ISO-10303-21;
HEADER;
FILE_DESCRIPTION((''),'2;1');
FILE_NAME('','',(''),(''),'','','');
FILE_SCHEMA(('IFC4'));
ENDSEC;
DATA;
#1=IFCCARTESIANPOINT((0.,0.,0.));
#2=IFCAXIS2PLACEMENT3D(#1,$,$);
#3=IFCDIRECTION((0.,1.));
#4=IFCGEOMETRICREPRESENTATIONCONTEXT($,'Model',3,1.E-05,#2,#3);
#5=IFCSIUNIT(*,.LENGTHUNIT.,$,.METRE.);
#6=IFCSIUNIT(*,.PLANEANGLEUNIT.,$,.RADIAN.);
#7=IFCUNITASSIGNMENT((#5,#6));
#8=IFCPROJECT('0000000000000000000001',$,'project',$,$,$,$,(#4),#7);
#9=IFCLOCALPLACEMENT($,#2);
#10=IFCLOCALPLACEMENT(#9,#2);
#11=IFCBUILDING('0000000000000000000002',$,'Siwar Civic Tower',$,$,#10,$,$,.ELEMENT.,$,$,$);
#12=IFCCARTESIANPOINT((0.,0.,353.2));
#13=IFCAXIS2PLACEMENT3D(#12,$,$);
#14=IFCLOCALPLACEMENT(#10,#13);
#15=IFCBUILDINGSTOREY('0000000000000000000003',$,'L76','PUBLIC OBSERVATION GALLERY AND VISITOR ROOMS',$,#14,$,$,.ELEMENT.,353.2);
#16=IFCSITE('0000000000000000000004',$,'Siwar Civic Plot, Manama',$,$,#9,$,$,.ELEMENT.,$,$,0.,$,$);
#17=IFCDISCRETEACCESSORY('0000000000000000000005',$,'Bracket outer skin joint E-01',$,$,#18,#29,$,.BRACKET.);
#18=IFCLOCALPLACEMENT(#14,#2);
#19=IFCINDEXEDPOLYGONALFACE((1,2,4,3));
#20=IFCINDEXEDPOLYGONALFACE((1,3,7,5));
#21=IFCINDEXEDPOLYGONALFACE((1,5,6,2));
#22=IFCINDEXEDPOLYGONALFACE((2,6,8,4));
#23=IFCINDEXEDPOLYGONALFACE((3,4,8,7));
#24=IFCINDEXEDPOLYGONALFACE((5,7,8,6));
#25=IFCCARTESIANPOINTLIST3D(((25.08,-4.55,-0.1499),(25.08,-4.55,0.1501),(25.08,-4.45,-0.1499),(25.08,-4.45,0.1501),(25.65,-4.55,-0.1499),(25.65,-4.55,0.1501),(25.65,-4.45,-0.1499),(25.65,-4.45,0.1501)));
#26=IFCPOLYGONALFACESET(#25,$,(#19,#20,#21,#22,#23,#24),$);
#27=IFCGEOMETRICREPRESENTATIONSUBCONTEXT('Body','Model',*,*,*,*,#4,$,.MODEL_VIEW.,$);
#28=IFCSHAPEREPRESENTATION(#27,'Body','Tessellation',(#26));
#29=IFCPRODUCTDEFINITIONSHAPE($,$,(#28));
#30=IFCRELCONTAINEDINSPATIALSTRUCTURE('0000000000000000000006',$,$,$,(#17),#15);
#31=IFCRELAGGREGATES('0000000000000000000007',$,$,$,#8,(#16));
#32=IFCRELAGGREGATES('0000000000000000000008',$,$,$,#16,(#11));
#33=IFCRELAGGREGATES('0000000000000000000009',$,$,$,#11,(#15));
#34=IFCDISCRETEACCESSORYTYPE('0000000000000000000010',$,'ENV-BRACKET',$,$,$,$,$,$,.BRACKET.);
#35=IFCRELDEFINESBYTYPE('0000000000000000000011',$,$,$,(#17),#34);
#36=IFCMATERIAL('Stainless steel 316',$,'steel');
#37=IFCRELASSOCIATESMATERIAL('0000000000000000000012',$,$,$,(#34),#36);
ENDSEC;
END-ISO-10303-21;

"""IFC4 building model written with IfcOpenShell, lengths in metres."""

from ifc_helpers import new_model, si_unit, direction, frame, origin, origin_2d, place, context, subcontext, project, spatial, rectangle, extrude, material, type_object, element, save


model = new_model("IFC4")

# Units and contexts
model_context = context("Model", 3, precision=1e-05, world=origin(), true_north=direction((0.0, 1.0)))
body_context = subcontext(model_context, "Body", "Model", "MODEL_VIEW")
ifc_project = project(units=[si_unit("LENGTHUNIT", "METRE"), si_unit("PLANEANGLEUNIT", "RADIAN")], contexts=[model_context])

# Site, building, storey
site_placement = place(None, origin())
site = spatial("IfcSite", under=ifc_project, at=site_placement, Name="Siwar Civic Plot, Manama", CompositionType="ELEMENT", RefElevation=0.0)
building_placement = place(site_placement, origin())
building = spatial("IfcBuilding", under=site, at=building_placement, Name="Siwar Civic Tower", CompositionType="ELEMENT")
storey_placement = place(building_placement, frame((0.0, 0.0, 353.2)))
storey = spatial("IfcBuildingStorey", under=building, at=storey_placement, Name="L76", Description="PUBLIC OBSERVATION GALLERY AND VISITOR ROOMS", CompositionType="ELEMENT", Elevation=353.2)

# Discrete accessory
ifc_material_1 = material(Name="Stainless steel 316", Category="steel")
discrete_accessory_type = type_object("IfcDiscreteAccessoryType", Name="ENV-BRACKET", PredefinedType="BRACKET", material=ifc_material_1)
discrete_accessory_placement = place(storey_placement, frame((25.365, -4.5, -0.1499), z_axis=(0.0, 0.0, 1.0), x_axis=(1.0, 0.0, 0.0)))
element("IfcDiscreteAccessory", 1, at=discrete_accessory_placement, inside=storey, type_object=discrete_accessory_type, Name="Bracket outer skin joint E-01", PredefinedType="BRACKET", context=body_context, shape_type="SweptSolid", body=[
    extrude(rectangle(XDim=0.5701, YDim=0.1001, at=origin_2d()), origin(), (0.0, 0.0, 1.0), 0.3),
])

save(model, "model.ifc")
